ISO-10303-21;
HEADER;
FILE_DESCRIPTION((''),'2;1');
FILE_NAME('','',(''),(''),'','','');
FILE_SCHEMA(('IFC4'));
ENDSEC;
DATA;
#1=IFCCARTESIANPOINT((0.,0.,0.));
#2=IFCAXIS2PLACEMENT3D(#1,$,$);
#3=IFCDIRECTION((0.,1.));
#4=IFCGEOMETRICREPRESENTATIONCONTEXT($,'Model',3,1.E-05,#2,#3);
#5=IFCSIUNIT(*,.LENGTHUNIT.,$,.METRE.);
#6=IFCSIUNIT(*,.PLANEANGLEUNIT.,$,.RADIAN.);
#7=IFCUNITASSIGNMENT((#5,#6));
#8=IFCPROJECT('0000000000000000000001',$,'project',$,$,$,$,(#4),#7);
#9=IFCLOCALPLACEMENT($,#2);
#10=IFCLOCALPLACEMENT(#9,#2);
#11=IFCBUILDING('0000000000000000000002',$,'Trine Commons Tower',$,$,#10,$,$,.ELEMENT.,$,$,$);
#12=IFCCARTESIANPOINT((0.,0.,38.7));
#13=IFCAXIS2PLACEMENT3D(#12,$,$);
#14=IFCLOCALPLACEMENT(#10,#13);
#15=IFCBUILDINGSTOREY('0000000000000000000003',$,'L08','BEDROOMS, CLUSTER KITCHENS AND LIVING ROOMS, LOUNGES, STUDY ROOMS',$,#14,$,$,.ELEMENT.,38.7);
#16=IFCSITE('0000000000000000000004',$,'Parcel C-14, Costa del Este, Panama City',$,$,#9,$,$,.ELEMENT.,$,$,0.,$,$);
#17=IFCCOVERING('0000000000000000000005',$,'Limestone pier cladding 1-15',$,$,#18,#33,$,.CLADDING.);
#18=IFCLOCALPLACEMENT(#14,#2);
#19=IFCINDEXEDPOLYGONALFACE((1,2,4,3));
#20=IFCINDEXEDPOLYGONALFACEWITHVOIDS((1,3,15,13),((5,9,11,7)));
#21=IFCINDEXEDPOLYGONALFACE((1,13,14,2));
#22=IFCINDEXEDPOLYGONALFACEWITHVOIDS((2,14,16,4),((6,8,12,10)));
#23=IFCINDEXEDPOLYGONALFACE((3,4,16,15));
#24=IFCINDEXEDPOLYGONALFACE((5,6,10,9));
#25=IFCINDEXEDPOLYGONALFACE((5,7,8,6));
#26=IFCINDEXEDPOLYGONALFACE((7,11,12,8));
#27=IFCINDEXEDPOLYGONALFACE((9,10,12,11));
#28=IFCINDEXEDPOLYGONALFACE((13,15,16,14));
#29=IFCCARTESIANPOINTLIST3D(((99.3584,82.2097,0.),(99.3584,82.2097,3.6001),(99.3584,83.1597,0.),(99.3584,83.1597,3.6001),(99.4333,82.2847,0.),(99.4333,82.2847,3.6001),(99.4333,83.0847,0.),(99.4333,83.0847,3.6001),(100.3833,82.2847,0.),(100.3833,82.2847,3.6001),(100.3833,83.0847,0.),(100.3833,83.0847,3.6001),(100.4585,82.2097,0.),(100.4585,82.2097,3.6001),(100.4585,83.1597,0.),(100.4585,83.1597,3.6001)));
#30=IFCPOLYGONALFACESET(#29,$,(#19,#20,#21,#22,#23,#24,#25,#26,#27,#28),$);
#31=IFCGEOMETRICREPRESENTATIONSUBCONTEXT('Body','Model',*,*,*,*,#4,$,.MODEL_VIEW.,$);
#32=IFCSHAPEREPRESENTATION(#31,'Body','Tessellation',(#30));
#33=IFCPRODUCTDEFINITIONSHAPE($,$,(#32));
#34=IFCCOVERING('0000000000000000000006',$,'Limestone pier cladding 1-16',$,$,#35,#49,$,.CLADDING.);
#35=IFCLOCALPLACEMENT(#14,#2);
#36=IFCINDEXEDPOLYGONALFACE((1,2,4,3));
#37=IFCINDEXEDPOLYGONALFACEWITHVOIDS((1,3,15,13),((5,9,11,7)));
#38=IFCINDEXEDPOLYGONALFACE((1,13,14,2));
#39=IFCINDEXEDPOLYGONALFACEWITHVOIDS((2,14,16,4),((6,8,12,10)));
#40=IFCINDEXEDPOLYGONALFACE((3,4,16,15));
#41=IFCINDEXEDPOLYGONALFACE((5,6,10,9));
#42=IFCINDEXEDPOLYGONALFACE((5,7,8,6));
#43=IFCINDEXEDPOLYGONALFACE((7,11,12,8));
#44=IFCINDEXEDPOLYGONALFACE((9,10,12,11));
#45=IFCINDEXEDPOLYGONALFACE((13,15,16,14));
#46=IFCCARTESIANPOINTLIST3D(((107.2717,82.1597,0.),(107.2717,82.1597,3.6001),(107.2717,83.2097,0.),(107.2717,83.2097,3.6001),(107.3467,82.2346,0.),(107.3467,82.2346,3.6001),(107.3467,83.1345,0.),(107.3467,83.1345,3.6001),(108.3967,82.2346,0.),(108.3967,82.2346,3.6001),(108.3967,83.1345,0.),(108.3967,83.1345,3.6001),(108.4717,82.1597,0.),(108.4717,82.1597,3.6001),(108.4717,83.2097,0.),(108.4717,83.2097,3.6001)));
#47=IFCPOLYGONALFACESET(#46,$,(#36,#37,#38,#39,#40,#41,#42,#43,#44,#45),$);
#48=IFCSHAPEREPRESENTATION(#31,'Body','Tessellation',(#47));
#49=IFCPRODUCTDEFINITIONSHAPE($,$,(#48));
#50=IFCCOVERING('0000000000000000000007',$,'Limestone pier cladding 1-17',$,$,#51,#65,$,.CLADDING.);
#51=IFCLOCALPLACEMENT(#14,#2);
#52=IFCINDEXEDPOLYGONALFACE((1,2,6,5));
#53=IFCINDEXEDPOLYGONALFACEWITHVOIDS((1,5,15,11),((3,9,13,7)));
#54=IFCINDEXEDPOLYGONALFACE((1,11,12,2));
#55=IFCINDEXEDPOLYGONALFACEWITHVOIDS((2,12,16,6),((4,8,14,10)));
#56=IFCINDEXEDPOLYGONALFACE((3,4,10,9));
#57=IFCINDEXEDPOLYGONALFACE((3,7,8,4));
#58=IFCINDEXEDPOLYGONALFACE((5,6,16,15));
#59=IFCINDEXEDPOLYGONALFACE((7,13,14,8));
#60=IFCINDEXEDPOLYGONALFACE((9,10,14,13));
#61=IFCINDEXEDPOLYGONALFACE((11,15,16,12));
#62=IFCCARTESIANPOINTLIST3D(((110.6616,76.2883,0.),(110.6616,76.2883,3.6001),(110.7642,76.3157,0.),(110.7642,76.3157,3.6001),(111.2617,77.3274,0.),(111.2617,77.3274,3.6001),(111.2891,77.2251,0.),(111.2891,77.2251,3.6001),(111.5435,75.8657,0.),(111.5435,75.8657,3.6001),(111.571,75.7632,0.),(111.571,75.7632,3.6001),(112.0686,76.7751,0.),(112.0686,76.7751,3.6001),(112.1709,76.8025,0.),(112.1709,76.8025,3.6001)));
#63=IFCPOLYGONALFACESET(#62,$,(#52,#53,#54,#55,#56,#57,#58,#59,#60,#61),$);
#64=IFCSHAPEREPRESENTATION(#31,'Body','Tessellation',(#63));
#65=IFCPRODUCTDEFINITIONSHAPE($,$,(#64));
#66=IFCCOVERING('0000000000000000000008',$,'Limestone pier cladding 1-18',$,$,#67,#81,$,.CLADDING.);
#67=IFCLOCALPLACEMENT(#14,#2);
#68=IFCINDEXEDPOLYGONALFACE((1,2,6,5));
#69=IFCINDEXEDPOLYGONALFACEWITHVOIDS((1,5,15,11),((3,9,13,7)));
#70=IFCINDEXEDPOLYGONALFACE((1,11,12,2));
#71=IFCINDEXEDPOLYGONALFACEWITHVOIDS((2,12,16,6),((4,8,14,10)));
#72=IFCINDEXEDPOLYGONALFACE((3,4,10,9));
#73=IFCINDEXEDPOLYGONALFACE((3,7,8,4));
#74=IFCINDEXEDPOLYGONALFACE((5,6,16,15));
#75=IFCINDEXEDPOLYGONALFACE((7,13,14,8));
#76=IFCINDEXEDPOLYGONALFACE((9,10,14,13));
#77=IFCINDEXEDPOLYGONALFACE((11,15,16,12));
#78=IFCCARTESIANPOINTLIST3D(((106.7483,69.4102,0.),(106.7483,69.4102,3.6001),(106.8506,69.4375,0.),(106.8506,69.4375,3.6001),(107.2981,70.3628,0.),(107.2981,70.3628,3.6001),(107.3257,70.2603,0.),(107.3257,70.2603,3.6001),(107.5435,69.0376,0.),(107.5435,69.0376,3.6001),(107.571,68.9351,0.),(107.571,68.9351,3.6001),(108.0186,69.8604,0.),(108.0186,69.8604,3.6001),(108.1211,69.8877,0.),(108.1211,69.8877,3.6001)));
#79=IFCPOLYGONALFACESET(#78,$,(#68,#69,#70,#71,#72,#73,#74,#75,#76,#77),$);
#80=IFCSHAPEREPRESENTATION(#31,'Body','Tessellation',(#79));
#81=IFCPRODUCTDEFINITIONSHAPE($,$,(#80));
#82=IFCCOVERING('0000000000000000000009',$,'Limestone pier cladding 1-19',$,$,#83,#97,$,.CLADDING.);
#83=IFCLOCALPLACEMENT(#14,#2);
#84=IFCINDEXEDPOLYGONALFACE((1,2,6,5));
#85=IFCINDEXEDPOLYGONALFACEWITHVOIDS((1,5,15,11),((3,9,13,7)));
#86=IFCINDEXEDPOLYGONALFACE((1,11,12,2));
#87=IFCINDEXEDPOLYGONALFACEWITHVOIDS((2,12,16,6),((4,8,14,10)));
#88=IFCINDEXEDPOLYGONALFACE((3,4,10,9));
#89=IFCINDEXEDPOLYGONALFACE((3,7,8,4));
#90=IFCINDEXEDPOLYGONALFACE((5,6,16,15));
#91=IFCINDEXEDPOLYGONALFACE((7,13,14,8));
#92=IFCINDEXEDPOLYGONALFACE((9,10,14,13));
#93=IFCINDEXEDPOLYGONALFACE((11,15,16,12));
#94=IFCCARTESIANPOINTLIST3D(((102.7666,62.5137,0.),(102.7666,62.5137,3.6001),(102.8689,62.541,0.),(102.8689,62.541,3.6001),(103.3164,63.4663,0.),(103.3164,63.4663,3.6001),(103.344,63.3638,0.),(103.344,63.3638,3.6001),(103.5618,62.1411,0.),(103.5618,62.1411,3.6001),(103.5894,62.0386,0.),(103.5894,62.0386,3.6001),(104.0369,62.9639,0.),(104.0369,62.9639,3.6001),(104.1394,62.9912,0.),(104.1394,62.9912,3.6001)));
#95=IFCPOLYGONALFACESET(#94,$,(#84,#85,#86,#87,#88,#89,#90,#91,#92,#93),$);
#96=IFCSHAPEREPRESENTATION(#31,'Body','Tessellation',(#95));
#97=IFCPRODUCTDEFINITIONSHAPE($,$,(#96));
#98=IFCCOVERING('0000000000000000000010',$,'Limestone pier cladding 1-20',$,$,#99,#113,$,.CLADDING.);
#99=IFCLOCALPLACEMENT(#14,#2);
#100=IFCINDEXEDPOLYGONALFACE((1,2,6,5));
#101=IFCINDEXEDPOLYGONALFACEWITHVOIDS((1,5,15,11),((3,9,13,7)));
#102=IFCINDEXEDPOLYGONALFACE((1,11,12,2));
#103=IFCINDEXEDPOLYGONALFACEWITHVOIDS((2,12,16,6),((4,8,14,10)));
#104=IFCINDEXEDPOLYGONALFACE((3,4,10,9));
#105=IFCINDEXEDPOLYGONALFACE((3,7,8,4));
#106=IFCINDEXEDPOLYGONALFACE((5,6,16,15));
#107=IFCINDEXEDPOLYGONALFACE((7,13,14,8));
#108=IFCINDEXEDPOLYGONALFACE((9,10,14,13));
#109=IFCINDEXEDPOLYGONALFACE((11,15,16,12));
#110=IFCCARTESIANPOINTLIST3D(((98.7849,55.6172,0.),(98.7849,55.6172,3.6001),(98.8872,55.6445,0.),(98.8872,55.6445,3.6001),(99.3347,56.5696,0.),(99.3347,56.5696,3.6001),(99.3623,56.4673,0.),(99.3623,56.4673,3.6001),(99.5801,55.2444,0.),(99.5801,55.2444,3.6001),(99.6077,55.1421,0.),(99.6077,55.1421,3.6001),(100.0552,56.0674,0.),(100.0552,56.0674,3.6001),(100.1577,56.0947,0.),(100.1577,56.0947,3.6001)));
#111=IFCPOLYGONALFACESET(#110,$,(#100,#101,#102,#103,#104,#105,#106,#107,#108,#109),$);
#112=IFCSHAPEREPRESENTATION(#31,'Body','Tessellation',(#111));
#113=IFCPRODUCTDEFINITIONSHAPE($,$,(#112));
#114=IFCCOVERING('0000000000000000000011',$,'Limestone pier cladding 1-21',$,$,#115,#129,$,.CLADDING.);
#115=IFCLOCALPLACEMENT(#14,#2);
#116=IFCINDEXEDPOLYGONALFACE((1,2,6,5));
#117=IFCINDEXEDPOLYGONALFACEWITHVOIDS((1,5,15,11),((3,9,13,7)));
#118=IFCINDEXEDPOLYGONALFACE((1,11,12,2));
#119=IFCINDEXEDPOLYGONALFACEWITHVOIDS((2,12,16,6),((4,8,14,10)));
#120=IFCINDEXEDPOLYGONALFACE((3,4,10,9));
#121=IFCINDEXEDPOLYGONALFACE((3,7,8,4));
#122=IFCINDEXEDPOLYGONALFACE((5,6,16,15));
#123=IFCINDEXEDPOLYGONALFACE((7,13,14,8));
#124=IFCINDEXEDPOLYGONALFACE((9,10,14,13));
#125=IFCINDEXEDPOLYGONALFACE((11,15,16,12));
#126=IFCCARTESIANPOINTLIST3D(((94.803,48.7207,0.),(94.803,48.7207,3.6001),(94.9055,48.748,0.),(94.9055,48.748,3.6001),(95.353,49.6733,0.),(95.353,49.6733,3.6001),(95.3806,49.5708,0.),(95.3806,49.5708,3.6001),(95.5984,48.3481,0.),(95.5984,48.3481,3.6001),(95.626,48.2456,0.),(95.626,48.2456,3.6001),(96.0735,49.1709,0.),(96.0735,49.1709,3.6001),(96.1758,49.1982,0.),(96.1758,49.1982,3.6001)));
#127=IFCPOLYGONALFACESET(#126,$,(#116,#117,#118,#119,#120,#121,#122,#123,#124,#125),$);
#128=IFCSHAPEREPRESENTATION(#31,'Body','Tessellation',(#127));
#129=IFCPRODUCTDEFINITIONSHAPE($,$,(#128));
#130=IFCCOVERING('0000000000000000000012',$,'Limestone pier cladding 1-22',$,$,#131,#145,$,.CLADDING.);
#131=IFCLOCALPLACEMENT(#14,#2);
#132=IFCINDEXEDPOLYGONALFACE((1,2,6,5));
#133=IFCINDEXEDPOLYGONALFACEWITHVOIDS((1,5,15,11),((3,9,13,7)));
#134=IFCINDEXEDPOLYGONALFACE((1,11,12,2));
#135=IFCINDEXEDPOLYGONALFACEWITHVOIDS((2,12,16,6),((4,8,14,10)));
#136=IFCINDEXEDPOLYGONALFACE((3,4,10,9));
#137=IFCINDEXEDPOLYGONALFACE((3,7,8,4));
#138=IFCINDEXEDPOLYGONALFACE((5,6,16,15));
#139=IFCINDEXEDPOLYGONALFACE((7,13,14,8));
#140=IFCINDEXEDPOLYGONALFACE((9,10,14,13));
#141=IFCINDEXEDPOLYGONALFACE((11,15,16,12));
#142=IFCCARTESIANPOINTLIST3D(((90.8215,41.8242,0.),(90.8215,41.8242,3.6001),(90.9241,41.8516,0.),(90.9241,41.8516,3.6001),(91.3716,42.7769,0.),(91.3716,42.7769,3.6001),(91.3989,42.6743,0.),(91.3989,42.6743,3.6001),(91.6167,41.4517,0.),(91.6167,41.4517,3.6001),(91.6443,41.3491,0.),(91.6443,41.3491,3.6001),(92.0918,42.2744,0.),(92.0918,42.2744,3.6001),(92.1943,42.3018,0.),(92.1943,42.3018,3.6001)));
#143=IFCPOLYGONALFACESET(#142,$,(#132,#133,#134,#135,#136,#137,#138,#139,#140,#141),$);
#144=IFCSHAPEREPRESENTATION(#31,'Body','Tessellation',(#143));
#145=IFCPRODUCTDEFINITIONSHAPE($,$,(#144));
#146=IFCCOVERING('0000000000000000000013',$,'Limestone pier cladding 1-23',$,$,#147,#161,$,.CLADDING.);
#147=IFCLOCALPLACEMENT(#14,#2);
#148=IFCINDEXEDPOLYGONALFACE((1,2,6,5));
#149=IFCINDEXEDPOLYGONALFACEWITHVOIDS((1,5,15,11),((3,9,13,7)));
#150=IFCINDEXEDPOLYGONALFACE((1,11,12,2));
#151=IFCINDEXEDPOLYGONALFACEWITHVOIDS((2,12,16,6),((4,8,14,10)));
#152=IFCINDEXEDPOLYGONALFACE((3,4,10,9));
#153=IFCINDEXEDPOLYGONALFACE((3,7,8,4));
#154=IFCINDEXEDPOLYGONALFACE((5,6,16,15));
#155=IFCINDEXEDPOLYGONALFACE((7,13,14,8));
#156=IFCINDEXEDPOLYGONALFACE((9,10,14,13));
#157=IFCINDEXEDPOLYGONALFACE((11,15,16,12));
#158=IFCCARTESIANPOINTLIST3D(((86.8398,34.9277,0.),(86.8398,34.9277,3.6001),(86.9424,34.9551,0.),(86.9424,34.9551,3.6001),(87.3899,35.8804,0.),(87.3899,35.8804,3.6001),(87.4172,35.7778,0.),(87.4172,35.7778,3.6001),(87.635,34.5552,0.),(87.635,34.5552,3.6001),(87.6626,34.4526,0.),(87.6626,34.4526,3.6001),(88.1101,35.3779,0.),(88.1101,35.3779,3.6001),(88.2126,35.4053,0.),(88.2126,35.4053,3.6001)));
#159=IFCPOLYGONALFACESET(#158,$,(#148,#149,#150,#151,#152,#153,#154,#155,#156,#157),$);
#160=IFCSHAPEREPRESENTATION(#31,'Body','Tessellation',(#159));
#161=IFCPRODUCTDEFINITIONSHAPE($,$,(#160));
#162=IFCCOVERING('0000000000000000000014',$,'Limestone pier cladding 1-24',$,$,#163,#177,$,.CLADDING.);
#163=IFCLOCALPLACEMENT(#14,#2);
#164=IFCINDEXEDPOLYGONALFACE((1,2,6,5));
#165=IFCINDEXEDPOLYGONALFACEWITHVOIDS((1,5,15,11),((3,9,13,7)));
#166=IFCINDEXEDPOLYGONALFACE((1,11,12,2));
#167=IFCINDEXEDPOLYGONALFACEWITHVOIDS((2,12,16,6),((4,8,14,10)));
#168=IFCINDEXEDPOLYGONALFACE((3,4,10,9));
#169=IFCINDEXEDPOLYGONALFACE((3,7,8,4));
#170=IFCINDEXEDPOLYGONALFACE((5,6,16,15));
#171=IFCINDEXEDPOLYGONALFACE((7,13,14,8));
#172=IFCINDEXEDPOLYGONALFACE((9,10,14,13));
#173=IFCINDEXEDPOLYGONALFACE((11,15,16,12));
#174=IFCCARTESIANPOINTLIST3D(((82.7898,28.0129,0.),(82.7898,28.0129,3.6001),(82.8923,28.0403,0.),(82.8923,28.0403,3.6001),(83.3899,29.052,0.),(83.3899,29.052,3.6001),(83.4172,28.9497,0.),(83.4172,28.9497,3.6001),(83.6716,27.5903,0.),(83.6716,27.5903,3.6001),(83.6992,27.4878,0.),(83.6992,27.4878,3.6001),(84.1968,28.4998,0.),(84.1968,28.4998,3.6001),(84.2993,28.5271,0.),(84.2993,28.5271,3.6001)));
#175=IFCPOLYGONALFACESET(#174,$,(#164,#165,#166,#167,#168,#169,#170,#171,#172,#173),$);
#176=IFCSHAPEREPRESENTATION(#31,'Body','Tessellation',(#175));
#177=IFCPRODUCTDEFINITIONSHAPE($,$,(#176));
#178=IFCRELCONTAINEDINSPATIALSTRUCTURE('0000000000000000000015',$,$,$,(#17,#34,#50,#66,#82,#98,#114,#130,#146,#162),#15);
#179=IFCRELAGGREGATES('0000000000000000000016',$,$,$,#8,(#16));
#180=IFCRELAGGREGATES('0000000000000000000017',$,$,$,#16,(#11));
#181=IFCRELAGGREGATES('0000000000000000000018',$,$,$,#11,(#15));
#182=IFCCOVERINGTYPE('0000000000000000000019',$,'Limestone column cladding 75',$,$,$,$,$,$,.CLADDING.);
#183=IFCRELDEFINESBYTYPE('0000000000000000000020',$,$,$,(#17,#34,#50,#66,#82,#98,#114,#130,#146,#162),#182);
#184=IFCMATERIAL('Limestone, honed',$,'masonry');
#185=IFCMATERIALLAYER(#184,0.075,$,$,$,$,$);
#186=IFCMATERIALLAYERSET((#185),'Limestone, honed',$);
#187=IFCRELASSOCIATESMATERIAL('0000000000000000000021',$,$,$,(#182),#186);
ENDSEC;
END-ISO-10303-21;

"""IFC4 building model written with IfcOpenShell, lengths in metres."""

from ifc_helpers import new_model, si_unit, direction, frame, origin, place, context, subcontext, project, spatial, polyline, outline, extrude, material, layer, layer_set, type_object, element, save


model = new_model("IFC4")

# Units and contexts
model_context = context("Model", 3, precision=1e-05, world=origin(), true_north=direction((0.0, 1.0)))
body_context = subcontext(model_context, "Body", "Model", "MODEL_VIEW")
ifc_project = project(units=[si_unit("LENGTHUNIT", "METRE"), si_unit("PLANEANGLEUNIT", "RADIAN")], contexts=[model_context])

# Site, building, storey
site_placement = place(None, origin())
site = spatial("IfcSite", under=ifc_project, at=site_placement, Name="Parcel C-14, Costa del Este, Panama City", CompositionType="ELEMENT", RefElevation=0.0)
building_placement = place(site_placement, origin())
building = spatial("IfcBuilding", under=site, at=building_placement, Name="Trine Commons Tower", CompositionType="ELEMENT")
storey_placement = place(building_placement, frame((0.0, 0.0, 38.7)))
storey = spatial("IfcBuildingStorey", under=building, at=storey_placement, Name="L08", Description="BEDROOMS, CLUSTER KITCHENS AND LIVING ROOMS, LOUNGES, STUDY ROOMS", CompositionType="ELEMENT", Elevation=38.7)

# Coverings
ifc_material_1 = material(Name="Limestone, honed", Category="masonry")
ifc_layer_1 = layer(ifc_material_1, 0.075)
ifc_layer_set_1 = layer_set([ifc_layer_1], Name="Limestone, honed")
covering_type_1 = type_object("IfcCoveringType", Name="Limestone column cladding 75", PredefinedType="CLADDING", material=ifc_layer_set_1)
covering_1_placement = place(storey_placement, origin())
element("IfcCovering", 1, at=covering_1_placement, inside=storey, type_object=covering_type_1, Name="Limestone pier cladding 1-15", PredefinedType="CLADDING", context=body_context, shape_type="SweptSolid", body=[
    extrude(outline(polyline([(100.4585, 82.2097), (100.4585, 83.1597), (99.3584, 83.1597), (99.3584, 82.2097), (100.4585, 82.2097)]), holes=[polyline([(100.3833, 82.2847), (100.3833, 83.0847), (99.4333, 83.0847), (99.4333, 82.2847), (100.3833, 82.2847)])]), origin(), (0.0, 0.0, 1.0), 3.6001),
])
covering_2_placement = place(storey_placement, origin())
element("IfcCovering", 2, at=covering_2_placement, inside=storey, type_object=covering_type_1, Name="Limestone pier cladding 1-16", PredefinedType="CLADDING", context=body_context, shape_type="SweptSolid", body=[
    extrude(outline(polyline([(108.4717, 82.1597), (108.4717, 83.2097), (107.2717, 83.2097), (107.2717, 82.1597), (108.4717, 82.1597)]), holes=[polyline([(108.3967, 82.2346), (108.3967, 83.1345), (107.3467, 83.1345), (107.3467, 82.2346), (108.3967, 82.2346)])]), origin(), (0.0, 0.0, 1.0), 3.6001),
])
covering_3_placement = place(storey_placement, origin())
element("IfcCovering", 3, at=covering_3_placement, inside=storey, type_object=covering_type_1, Name="Limestone pier cladding 1-17", PredefinedType="CLADDING", context=body_context, shape_type="SweptSolid", body=[
    extrude(outline(polyline([(112.1709, 76.8025), (111.2617, 77.3274), (110.6616, 76.2883), (111.571, 75.7632), (112.1709, 76.8025)]), holes=[polyline([(112.0686, 76.7751), (111.2891, 77.2251), (110.7642, 76.3157), (111.5435, 75.8657), (112.0686, 76.7751)])]), origin(), (0.0, 0.0, 1.0), 3.6001),
])
covering_4_placement = place(storey_placement, origin())
element("IfcCovering", 4, at=covering_4_placement, inside=storey, type_object=covering_type_1, Name="Limestone pier cladding 1-18", PredefinedType="CLADDING", context=body_context, shape_type="SweptSolid", body=[
    extrude(outline(polyline([(108.1211, 69.8877), (107.2981, 70.3628), (106.7483, 69.4102), (107.571, 68.9351), (108.1211, 69.8877)]), holes=[polyline([(108.0186, 69.8604), (107.3257, 70.2603), (106.8506, 69.4375), (107.5435, 69.0376), (108.0186, 69.8604)])]), origin(), (0.0, 0.0, 1.0), 3.6001),
])
covering_5_placement = place(storey_placement, origin())
element("IfcCovering", 5, at=covering_5_placement, inside=storey, type_object=covering_type_1, Name="Limestone pier cladding 1-19", PredefinedType="CLADDING", context=body_context, shape_type="SweptSolid", body=[
    extrude(outline(polyline([(104.1394, 62.9912), (103.3164, 63.4663), (102.7666, 62.5137), (103.5894, 62.0386), (104.1394, 62.9912)]), holes=[polyline([(104.0369, 62.9639), (103.344, 63.3638), (102.8689, 62.541), (103.5618, 62.1411), (104.0369, 62.9639)])]), origin(), (0.0, 0.0, 1.0), 3.6001),
])
covering_6_placement = place(storey_placement, origin())
element("IfcCovering", 6, at=covering_6_placement, inside=storey, type_object=covering_type_1, Name="Limestone pier cladding 1-20", PredefinedType="CLADDING", context=body_context, shape_type="SweptSolid", body=[
    extrude(outline(polyline([(100.1577, 56.0947), (99.3347, 56.5696), (98.7849, 55.6172), (99.6077, 55.1421), (100.1577, 56.0947)]), holes=[polyline([(100.0552, 56.0674), (99.3623, 56.4673), (98.8872, 55.6445), (99.5801, 55.2444), (100.0552, 56.0674)])]), origin(), (0.0, 0.0, 1.0), 3.6001),
])
covering_7_placement = place(storey_placement, origin())
element("IfcCovering", 7, at=covering_7_placement, inside=storey, type_object=covering_type_1, Name="Limestone pier cladding 1-21", PredefinedType="CLADDING", context=body_context, shape_type="SweptSolid", body=[
    extrude(outline(polyline([(96.1758, 49.1982), (95.353, 49.6733), (94.803, 48.7207), (95.626, 48.2456), (96.1758, 49.1982)]), holes=[polyline([(96.0735, 49.1709), (95.3806, 49.5708), (94.9055, 48.748), (95.5984, 48.3481), (96.0735, 49.1709)])]), origin(), (0.0, 0.0, 1.0), 3.6001),
])
covering_8_placement = place(storey_placement, origin())
element("IfcCovering", 8, at=covering_8_placement, inside=storey, type_object=covering_type_1, Name="Limestone pier cladding 1-22", PredefinedType="CLADDING", context=body_context, shape_type="SweptSolid", body=[
    extrude(outline(polyline([(92.1943, 42.3018), (91.3716, 42.7769), (90.8215, 41.8242), (91.6443, 41.3491), (92.1943, 42.3018)]), holes=[polyline([(92.0918, 42.2744), (91.3989, 42.6743), (90.9241, 41.8516), (91.6167, 41.4517), (92.0918, 42.2744)])]), origin(), (0.0, 0.0, 1.0), 3.6001),
])
covering_9_placement = place(storey_placement, origin())
element("IfcCovering", 9, at=covering_9_placement, inside=storey, type_object=covering_type_1, Name="Limestone pier cladding 1-23", PredefinedType="CLADDING", context=body_context, shape_type="SweptSolid", body=[
    extrude(outline(polyline([(88.2126, 35.4053), (87.3899, 35.8804), (86.8398, 34.9277), (87.6626, 34.4526), (88.2126, 35.4053)]), holes=[polyline([(88.1101, 35.3779), (87.4172, 35.7778), (86.9424, 34.9551), (87.635, 34.5552), (88.1101, 35.3779)])]), origin(), (0.0, 0.0, 1.0), 3.6001),
])
covering_10_placement = place(storey_placement, origin())
element("IfcCovering", 10, at=covering_10_placement, inside=storey, type_object=covering_type_1, Name="Limestone pier cladding 1-24", PredefinedType="CLADDING", context=body_context, shape_type="SweptSolid", body=[
    extrude(outline(polyline([(84.2993, 28.5271), (83.3899, 29.052), (82.7898, 28.0129), (83.6992, 27.4878), (84.2993, 28.5271)]), holes=[polyline([(84.1968, 28.4998), (83.4172, 28.9497), (82.8923, 28.0403), (83.6716, 27.5903), (84.1968, 28.4998)])]), origin(), (0.0, 0.0, 1.0), 3.6001),
])

save(model, "model.ifc")
